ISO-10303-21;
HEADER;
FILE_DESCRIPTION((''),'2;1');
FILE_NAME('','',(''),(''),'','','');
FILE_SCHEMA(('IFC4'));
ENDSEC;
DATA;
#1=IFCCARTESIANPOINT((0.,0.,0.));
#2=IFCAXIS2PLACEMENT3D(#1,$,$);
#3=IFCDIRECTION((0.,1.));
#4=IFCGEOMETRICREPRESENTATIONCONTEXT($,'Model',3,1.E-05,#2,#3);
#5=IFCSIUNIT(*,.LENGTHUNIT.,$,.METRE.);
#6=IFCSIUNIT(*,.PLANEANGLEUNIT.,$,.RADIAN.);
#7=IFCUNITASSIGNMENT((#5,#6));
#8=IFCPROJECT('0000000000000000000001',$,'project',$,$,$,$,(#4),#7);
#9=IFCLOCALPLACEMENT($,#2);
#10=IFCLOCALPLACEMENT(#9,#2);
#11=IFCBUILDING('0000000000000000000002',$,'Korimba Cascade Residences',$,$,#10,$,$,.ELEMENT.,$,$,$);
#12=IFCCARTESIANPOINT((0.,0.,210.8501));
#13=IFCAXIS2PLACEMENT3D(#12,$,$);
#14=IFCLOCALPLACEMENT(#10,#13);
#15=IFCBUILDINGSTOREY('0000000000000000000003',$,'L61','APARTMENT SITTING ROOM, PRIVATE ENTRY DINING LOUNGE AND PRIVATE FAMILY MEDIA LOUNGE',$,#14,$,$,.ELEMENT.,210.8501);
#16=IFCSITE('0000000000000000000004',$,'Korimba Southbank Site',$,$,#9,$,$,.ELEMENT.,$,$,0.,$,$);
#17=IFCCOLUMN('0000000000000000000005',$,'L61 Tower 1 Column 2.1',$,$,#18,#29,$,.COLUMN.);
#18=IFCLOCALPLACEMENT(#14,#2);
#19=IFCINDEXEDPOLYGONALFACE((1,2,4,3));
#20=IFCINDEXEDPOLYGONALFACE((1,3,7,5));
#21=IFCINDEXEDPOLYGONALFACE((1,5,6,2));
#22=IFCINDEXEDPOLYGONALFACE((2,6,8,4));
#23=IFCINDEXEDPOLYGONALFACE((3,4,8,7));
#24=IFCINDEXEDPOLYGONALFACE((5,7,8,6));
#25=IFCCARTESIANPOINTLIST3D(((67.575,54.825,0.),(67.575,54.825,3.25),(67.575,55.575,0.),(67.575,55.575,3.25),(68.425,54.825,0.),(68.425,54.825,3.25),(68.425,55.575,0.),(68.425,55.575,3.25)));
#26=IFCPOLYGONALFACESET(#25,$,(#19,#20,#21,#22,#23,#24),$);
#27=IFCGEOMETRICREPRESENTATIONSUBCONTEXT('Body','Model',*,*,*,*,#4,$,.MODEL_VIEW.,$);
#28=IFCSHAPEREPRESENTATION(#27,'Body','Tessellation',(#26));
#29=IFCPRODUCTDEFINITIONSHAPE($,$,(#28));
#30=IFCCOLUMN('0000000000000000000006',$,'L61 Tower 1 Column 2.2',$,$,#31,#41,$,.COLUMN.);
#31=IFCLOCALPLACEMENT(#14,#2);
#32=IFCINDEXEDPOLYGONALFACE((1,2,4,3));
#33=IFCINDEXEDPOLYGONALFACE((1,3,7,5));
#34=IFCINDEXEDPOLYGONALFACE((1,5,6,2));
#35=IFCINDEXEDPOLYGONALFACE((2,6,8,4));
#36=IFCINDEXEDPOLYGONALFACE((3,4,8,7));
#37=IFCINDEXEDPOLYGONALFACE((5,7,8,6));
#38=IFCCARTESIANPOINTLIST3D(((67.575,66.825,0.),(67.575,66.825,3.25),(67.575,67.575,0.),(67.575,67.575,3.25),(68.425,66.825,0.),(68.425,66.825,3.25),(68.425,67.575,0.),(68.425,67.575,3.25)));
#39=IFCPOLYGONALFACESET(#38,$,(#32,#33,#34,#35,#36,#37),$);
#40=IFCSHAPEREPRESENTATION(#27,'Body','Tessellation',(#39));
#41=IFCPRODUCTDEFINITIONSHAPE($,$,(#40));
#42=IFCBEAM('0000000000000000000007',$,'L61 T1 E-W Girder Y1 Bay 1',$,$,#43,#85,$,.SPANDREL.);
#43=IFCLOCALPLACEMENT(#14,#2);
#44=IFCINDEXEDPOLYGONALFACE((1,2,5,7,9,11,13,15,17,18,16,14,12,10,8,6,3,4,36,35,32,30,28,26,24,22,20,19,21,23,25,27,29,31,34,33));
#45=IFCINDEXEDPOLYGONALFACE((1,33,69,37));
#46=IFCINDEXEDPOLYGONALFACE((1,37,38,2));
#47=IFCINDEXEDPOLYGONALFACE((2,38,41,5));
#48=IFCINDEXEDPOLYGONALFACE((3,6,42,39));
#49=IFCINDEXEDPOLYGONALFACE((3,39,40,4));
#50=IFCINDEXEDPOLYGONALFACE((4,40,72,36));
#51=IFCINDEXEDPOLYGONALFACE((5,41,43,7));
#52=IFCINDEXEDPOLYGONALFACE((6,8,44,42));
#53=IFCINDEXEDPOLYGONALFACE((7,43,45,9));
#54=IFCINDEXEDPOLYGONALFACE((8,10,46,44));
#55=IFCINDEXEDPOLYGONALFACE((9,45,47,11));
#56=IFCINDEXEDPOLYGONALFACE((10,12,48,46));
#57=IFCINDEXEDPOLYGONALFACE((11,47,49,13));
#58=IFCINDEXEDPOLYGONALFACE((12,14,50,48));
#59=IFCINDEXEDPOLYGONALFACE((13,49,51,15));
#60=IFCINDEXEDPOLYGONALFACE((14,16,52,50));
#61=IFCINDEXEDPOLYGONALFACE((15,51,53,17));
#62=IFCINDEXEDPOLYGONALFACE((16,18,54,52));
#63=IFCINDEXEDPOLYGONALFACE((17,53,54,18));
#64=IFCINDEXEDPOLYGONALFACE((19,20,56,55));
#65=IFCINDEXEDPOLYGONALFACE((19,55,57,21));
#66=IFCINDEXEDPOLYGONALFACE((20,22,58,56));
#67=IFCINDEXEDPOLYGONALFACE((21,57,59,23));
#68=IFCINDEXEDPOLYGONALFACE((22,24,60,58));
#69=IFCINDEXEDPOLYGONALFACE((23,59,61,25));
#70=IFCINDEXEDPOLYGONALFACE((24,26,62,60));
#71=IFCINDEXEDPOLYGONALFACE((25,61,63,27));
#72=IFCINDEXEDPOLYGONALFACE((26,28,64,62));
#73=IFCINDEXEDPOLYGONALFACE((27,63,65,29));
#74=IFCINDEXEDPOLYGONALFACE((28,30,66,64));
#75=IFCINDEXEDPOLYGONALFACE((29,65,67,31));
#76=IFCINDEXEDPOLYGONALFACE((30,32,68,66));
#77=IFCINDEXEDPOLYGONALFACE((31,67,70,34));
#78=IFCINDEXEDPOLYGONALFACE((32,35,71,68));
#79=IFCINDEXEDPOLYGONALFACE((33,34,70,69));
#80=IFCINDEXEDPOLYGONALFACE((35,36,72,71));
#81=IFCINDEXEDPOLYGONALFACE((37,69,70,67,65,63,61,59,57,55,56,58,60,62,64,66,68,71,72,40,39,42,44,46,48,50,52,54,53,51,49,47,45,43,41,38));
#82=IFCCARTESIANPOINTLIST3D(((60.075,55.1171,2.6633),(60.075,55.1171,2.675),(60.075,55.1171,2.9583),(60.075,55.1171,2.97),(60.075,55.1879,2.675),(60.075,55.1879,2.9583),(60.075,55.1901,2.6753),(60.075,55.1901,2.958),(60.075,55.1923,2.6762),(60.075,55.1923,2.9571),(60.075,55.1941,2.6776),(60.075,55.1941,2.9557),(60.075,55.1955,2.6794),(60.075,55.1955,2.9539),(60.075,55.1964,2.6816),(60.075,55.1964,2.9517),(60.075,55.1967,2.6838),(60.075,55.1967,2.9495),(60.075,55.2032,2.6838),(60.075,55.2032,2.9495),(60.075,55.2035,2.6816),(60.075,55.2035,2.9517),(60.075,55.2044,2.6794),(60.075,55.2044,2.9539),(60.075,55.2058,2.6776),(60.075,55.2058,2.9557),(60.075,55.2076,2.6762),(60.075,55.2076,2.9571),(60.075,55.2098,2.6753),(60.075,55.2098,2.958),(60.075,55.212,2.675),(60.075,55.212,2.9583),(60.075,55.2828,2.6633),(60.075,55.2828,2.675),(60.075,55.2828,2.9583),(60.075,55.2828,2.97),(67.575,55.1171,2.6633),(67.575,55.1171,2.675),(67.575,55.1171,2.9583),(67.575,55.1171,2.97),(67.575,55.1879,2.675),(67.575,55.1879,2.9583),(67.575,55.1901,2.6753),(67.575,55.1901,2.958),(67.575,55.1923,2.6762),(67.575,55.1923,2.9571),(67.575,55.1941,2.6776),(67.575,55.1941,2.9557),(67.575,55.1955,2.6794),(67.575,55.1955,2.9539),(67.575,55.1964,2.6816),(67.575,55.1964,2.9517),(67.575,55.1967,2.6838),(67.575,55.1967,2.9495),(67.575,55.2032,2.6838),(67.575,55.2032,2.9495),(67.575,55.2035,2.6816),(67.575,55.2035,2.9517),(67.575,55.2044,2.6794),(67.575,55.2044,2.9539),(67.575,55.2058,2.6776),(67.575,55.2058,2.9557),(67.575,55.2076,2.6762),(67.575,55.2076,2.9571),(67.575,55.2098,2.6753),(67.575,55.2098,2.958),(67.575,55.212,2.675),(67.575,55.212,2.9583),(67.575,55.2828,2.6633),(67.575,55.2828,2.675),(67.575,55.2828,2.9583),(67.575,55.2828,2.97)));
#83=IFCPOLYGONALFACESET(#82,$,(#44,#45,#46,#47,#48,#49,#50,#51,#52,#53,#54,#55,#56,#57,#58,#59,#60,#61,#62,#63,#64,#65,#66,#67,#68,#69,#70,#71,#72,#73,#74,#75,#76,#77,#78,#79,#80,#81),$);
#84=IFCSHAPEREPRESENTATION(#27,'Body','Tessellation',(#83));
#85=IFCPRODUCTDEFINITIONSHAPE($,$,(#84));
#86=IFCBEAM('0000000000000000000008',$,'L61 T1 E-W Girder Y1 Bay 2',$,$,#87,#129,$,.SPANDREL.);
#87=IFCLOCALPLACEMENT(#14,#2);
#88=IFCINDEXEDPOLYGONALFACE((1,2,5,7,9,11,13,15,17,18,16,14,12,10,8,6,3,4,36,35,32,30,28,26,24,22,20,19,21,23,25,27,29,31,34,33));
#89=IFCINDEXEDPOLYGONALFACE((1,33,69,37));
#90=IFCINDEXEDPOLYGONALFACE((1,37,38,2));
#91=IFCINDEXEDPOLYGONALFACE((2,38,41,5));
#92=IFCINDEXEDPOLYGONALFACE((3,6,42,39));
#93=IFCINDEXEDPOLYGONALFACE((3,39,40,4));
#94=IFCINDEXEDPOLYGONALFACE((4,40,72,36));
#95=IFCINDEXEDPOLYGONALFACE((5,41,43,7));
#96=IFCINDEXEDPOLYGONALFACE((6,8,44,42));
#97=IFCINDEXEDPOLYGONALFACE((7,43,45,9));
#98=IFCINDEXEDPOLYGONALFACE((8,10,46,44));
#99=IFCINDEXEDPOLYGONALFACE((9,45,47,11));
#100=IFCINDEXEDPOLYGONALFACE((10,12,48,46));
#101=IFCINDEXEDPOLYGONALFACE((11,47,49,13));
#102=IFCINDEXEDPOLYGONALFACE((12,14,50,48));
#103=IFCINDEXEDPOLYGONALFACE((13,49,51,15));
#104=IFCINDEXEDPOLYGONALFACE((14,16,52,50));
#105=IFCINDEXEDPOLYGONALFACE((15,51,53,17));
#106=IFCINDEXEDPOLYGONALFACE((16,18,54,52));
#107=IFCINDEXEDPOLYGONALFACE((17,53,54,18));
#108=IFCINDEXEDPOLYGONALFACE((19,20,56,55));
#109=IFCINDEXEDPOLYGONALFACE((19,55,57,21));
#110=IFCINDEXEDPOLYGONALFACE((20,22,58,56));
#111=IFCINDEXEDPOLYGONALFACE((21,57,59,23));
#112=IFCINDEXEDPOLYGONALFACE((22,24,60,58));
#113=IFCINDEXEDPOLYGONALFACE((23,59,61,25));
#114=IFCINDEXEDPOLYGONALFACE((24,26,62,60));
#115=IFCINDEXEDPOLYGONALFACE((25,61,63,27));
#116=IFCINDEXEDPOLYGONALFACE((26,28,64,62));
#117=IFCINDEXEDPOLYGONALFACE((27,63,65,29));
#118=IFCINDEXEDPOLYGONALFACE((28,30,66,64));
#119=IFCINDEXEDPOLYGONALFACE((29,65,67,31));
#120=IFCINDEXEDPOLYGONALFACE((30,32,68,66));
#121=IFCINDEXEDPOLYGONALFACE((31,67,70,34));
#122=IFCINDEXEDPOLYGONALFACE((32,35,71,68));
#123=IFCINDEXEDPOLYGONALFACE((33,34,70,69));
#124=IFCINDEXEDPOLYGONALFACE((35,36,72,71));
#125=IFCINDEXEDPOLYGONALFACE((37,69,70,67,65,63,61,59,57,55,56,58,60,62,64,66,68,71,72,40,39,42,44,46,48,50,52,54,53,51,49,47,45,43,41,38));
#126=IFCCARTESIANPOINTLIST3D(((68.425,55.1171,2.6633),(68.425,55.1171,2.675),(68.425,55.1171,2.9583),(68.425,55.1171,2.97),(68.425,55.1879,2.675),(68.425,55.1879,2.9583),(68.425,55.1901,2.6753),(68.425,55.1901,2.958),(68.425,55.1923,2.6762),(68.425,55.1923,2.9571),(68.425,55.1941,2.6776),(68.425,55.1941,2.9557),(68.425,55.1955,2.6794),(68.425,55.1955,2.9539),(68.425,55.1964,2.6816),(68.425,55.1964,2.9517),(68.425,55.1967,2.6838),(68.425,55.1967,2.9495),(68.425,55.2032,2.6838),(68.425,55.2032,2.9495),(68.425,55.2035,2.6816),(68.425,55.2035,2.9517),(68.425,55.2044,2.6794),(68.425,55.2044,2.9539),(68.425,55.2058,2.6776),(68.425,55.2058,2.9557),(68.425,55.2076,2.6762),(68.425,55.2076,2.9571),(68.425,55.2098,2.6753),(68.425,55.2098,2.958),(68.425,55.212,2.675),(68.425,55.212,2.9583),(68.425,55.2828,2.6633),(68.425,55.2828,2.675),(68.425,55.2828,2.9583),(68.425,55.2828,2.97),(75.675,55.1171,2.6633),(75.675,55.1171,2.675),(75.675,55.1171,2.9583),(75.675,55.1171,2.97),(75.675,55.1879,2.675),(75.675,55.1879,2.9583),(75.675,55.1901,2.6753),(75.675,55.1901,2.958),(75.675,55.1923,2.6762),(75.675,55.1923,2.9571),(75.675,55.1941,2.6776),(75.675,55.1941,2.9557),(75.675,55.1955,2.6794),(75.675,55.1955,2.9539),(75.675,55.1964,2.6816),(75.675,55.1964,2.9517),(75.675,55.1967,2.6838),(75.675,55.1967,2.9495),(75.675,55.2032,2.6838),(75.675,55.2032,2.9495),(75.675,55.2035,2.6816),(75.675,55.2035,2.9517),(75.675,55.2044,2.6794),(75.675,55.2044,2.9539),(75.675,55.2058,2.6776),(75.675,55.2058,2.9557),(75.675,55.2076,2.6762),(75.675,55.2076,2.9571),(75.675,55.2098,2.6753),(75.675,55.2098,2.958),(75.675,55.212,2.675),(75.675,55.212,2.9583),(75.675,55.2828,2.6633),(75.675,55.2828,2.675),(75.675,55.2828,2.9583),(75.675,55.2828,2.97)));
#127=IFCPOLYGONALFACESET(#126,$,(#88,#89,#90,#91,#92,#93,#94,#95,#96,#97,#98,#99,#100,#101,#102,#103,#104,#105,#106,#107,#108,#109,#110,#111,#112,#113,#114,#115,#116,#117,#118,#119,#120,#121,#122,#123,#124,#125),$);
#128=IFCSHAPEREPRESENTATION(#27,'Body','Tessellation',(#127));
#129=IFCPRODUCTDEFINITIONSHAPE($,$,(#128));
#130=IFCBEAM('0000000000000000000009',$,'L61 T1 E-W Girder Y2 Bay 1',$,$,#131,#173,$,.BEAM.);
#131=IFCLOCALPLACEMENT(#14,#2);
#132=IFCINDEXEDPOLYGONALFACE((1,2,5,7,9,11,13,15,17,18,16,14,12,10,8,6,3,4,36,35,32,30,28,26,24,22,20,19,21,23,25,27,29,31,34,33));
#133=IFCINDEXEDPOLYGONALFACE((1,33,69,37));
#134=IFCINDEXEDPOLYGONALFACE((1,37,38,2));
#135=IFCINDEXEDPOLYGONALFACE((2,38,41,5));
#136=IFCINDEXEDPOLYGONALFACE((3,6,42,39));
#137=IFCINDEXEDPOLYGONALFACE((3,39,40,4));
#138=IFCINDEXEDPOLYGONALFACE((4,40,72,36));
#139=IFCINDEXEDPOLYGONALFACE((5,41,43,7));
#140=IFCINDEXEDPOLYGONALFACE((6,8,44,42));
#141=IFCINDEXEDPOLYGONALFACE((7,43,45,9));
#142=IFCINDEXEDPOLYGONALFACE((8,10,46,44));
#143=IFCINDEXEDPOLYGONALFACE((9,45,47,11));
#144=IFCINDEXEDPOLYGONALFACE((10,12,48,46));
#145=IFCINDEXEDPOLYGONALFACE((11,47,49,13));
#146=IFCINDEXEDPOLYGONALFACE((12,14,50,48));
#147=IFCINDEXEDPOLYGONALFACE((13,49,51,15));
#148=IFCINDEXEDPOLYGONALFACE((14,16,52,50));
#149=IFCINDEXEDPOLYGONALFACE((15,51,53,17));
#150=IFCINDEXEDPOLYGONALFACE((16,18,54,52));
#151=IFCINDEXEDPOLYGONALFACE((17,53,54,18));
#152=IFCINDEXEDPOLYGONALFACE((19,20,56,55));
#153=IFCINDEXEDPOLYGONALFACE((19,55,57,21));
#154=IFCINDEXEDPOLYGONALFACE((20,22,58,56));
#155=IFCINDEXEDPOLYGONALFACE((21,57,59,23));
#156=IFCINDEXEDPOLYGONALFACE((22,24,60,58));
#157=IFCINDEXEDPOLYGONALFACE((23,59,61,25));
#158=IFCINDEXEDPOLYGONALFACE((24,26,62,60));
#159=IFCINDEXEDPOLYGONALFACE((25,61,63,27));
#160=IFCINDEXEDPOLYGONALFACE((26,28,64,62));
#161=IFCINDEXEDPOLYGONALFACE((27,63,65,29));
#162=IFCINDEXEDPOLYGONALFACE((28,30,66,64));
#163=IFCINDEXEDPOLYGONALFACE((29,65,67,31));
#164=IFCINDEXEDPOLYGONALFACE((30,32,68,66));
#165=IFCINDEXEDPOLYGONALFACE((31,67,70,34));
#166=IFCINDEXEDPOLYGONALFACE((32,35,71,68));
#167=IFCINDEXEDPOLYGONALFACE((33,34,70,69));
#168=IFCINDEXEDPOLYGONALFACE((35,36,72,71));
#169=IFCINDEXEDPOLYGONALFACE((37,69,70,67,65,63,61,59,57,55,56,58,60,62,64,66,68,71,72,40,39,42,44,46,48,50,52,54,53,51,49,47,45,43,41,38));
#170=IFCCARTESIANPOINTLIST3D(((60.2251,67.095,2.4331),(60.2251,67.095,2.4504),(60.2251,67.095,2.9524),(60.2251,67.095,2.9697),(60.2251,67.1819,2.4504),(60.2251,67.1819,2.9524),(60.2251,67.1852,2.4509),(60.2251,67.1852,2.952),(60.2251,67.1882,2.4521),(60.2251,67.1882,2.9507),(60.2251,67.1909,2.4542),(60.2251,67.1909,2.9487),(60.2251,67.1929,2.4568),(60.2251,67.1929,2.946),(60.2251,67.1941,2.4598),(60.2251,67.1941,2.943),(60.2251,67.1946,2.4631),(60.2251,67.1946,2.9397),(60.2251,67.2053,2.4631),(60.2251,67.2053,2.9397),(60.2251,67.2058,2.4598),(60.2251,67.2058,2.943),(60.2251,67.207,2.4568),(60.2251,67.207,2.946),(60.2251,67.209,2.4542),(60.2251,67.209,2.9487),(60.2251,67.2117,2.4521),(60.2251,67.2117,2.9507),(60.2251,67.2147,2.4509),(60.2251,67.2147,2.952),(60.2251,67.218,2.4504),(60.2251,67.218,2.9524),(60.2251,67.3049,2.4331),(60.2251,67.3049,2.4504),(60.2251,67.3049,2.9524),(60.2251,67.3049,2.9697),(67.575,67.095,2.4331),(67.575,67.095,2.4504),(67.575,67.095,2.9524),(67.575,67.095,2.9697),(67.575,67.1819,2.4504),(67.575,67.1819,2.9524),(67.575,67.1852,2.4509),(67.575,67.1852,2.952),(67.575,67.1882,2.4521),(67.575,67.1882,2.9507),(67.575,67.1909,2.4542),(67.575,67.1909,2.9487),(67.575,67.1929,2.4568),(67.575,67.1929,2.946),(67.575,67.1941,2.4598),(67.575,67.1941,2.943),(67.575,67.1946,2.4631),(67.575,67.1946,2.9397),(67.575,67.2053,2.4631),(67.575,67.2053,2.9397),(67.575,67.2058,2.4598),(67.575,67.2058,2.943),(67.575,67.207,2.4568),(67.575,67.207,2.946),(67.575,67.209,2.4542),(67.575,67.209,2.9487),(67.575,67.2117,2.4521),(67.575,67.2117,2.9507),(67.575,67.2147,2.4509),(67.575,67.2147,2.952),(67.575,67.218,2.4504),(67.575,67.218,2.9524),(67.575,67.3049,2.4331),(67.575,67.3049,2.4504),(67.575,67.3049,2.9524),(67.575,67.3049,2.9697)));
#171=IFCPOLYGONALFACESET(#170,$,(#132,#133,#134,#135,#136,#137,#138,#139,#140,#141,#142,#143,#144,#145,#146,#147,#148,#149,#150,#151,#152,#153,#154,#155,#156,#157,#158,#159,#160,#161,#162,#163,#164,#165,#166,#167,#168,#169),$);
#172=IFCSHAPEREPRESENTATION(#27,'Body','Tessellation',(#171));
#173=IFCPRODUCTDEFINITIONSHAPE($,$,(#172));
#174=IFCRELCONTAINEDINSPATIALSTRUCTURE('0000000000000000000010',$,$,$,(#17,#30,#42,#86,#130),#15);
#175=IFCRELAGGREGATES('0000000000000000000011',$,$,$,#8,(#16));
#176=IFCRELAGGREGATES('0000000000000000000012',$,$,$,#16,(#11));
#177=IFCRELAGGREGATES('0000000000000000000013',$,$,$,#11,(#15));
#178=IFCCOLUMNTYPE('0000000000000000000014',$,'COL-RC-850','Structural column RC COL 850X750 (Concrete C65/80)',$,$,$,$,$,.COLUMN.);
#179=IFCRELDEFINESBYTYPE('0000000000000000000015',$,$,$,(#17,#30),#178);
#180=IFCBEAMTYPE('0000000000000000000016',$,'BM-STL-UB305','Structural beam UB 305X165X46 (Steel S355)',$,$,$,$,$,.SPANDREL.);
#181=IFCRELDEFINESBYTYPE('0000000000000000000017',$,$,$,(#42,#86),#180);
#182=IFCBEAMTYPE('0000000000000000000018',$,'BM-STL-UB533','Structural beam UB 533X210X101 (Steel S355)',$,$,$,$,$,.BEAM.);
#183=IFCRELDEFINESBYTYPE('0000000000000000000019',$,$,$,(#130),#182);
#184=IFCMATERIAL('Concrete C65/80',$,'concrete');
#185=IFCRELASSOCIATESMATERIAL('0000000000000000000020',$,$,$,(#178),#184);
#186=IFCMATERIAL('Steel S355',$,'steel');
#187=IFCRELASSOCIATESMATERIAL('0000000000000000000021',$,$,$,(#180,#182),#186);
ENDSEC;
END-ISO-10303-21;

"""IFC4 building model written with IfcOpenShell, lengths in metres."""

from ifc_helpers import new_model, si_unit, direction, frame, origin, origin_2d, place, context, subcontext, project, spatial, rectangle, i_section, extrude, material, material_profile, profile_set, type_object, element, save


model = new_model("IFC4")

# Units and contexts
model_context = context("Model", 3, precision=1e-05, world=origin(), true_north=direction((0.0, 1.0)))
body_context = subcontext(model_context, "Body", "Model", "MODEL_VIEW")
ifc_project = project(units=[si_unit("LENGTHUNIT", "METRE"), si_unit("PLANEANGLEUNIT", "RADIAN")], contexts=[model_context])

# Site, building, storey
site_placement = place(None, origin())
site = spatial("IfcSite", under=ifc_project, at=site_placement, Name="Korimba Southbank Site", CompositionType="ELEMENT", RefElevation=0.0)
building_placement = place(site_placement, origin())
building = spatial("IfcBuilding", under=site, at=building_placement, Name="Korimba Cascade Residences", CompositionType="ELEMENT")
storey_placement = place(building_placement, frame((0.0, 0.0, 210.8501)))
storey = spatial("IfcBuildingStorey", under=building, at=storey_placement, Name="L61", Description="APARTMENT SITTING ROOM, PRIVATE ENTRY DINING LOUNGE AND PRIVATE FAMILY MEDIA LOUNGE", CompositionType="ELEMENT", Elevation=210.8501)

# Columns
ifc_material_1 = material(Name="Concrete C65/80", Category="concrete")
ifc_material_profile_1 = material_profile(ifc_material_1, rectangle(XDim=0.8501, YDim=0.75, at=origin_2d()), Name="Concrete C65/80")
ifc_profile_set_1 = profile_set([ifc_material_profile_1], Name="Concrete C65/80")
column_type = type_object("IfcColumnType", Name="COL-RC-850", Description="Structural column RC COL 850X750 (Concrete C65/80)", PredefinedType="COLUMN", material=ifc_profile_set_1)
for number, where, z_axis, x_axis, name in (
    (1, (68.0, 55.2, 0.0), (0.0, 0.0, 1.0), (1.0, 0.0, 0.0), "L61 Tower 1 Column 2.1"),
    (2, (68.0, 67.2, 0.0), (0.0, 0.0, 1.0), (1.0, 0.0, 0.0), "L61 Tower 1 Column 2.2"),
):
    element("IfcColumn", number, at=place(storey_placement, frame(where, z_axis=z_axis, x_axis=x_axis)), inside=storey, type_object=column_type, Name=name, PredefinedType="COLUMN", context=body_context, shape_type="SweptSolid", body=[
        extrude(rectangle(XDim=0.8501, YDim=0.75, at=origin_2d()), origin(), (0.0, 0.0, 1.0), 3.25),
    ])

# Beams
ifc_material_2 = material(Name="Steel S355", Category="steel")
ifc_material_profile_2 = material_profile(ifc_material_2, i_section(OverallWidth=0.1658, OverallDepth=0.3066, WebThickness=0.0066, FlangeThickness=0.0117, FilletRadius=0.0088, at=origin_2d()), Name="Steel S355")
ifc_profile_set_2 = profile_set([ifc_material_profile_2], Name="Steel S355")
beam_type_1 = type_object("IfcBeamType", Name="BM-STL-UB305", Description="Structural beam UB 305X165X46 (Steel S355)", PredefinedType="SPANDREL", material=ifc_profile_set_2)
beam_1_placement = place(storey_placement, frame((60.075, 55.2, 2.8167), z_axis=(1.0, 0.0, 0.0), x_axis=(0.0, 1.0, 0.0)))
element("IfcBeam", 3, at=beam_1_placement, inside=storey, type_object=beam_type_1, Name="L61 T1 E-W Girder Y1 Bay 1", PredefinedType="SPANDREL", context=body_context, shape_type="SweptSolid", body=[
    extrude(i_section(OverallWidth=0.1658, OverallDepth=0.3066, WebThickness=0.0066, FlangeThickness=0.0117, FilletRadius=0.0088, at=origin_2d()), origin(), (0.0, 0.0, 1.0), 7.5),
])
beam_2_placement = place(storey_placement, frame((68.425, 55.2, 2.8167), z_axis=(1.0, 0.0, 0.0), x_axis=(0.0, 1.0, 0.0)))
element("IfcBeam", 4, at=beam_2_placement, inside=storey, type_object=beam_type_1, Name="L61 T1 E-W Girder Y1 Bay 2", PredefinedType="SPANDREL", context=body_context, shape_type="SweptSolid", body=[
    extrude(i_section(OverallWidth=0.1658, OverallDepth=0.3066, WebThickness=0.0066, FlangeThickness=0.0117, FilletRadius=0.0088, at=origin_2d()), origin(), (0.0, 0.0, 1.0), 7.25),
])
ifc_material_profile_3 = material_profile(ifc_material_2, i_section(OverallWidth=0.21, OverallDepth=0.5366, WebThickness=0.0107, FlangeThickness=0.0173, FilletRadius=0.0127, at=origin_2d()), Name="Steel S355")
ifc_profile_set_3 = profile_set([ifc_material_profile_3], Name="Steel S355")
beam_type_2 = type_object("IfcBeamType", Name="BM-STL-UB533", Description="Structural beam UB 533X210X101 (Steel S355)", PredefinedType="BEAM", material=ifc_profile_set_3)
beam_3_placement = place(storey_placement, frame((60.2251, 67.2, 2.7014), z_axis=(1.0, 0.0, 0.0), x_axis=(0.0, 1.0, 0.0)))
element("IfcBeam", 5, at=beam_3_placement, inside=storey, type_object=beam_type_2, Name="L61 T1 E-W Girder Y2 Bay 1", PredefinedType="BEAM", context=body_context, shape_type="SweptSolid", body=[
    extrude(i_section(OverallWidth=0.21, OverallDepth=0.5366, WebThickness=0.0107, FlangeThickness=0.0173, FilletRadius=0.0127, at=origin_2d()), origin(), (0.0, 0.0, 1.0), 7.3499),
])

save(model, "model.ifc")
